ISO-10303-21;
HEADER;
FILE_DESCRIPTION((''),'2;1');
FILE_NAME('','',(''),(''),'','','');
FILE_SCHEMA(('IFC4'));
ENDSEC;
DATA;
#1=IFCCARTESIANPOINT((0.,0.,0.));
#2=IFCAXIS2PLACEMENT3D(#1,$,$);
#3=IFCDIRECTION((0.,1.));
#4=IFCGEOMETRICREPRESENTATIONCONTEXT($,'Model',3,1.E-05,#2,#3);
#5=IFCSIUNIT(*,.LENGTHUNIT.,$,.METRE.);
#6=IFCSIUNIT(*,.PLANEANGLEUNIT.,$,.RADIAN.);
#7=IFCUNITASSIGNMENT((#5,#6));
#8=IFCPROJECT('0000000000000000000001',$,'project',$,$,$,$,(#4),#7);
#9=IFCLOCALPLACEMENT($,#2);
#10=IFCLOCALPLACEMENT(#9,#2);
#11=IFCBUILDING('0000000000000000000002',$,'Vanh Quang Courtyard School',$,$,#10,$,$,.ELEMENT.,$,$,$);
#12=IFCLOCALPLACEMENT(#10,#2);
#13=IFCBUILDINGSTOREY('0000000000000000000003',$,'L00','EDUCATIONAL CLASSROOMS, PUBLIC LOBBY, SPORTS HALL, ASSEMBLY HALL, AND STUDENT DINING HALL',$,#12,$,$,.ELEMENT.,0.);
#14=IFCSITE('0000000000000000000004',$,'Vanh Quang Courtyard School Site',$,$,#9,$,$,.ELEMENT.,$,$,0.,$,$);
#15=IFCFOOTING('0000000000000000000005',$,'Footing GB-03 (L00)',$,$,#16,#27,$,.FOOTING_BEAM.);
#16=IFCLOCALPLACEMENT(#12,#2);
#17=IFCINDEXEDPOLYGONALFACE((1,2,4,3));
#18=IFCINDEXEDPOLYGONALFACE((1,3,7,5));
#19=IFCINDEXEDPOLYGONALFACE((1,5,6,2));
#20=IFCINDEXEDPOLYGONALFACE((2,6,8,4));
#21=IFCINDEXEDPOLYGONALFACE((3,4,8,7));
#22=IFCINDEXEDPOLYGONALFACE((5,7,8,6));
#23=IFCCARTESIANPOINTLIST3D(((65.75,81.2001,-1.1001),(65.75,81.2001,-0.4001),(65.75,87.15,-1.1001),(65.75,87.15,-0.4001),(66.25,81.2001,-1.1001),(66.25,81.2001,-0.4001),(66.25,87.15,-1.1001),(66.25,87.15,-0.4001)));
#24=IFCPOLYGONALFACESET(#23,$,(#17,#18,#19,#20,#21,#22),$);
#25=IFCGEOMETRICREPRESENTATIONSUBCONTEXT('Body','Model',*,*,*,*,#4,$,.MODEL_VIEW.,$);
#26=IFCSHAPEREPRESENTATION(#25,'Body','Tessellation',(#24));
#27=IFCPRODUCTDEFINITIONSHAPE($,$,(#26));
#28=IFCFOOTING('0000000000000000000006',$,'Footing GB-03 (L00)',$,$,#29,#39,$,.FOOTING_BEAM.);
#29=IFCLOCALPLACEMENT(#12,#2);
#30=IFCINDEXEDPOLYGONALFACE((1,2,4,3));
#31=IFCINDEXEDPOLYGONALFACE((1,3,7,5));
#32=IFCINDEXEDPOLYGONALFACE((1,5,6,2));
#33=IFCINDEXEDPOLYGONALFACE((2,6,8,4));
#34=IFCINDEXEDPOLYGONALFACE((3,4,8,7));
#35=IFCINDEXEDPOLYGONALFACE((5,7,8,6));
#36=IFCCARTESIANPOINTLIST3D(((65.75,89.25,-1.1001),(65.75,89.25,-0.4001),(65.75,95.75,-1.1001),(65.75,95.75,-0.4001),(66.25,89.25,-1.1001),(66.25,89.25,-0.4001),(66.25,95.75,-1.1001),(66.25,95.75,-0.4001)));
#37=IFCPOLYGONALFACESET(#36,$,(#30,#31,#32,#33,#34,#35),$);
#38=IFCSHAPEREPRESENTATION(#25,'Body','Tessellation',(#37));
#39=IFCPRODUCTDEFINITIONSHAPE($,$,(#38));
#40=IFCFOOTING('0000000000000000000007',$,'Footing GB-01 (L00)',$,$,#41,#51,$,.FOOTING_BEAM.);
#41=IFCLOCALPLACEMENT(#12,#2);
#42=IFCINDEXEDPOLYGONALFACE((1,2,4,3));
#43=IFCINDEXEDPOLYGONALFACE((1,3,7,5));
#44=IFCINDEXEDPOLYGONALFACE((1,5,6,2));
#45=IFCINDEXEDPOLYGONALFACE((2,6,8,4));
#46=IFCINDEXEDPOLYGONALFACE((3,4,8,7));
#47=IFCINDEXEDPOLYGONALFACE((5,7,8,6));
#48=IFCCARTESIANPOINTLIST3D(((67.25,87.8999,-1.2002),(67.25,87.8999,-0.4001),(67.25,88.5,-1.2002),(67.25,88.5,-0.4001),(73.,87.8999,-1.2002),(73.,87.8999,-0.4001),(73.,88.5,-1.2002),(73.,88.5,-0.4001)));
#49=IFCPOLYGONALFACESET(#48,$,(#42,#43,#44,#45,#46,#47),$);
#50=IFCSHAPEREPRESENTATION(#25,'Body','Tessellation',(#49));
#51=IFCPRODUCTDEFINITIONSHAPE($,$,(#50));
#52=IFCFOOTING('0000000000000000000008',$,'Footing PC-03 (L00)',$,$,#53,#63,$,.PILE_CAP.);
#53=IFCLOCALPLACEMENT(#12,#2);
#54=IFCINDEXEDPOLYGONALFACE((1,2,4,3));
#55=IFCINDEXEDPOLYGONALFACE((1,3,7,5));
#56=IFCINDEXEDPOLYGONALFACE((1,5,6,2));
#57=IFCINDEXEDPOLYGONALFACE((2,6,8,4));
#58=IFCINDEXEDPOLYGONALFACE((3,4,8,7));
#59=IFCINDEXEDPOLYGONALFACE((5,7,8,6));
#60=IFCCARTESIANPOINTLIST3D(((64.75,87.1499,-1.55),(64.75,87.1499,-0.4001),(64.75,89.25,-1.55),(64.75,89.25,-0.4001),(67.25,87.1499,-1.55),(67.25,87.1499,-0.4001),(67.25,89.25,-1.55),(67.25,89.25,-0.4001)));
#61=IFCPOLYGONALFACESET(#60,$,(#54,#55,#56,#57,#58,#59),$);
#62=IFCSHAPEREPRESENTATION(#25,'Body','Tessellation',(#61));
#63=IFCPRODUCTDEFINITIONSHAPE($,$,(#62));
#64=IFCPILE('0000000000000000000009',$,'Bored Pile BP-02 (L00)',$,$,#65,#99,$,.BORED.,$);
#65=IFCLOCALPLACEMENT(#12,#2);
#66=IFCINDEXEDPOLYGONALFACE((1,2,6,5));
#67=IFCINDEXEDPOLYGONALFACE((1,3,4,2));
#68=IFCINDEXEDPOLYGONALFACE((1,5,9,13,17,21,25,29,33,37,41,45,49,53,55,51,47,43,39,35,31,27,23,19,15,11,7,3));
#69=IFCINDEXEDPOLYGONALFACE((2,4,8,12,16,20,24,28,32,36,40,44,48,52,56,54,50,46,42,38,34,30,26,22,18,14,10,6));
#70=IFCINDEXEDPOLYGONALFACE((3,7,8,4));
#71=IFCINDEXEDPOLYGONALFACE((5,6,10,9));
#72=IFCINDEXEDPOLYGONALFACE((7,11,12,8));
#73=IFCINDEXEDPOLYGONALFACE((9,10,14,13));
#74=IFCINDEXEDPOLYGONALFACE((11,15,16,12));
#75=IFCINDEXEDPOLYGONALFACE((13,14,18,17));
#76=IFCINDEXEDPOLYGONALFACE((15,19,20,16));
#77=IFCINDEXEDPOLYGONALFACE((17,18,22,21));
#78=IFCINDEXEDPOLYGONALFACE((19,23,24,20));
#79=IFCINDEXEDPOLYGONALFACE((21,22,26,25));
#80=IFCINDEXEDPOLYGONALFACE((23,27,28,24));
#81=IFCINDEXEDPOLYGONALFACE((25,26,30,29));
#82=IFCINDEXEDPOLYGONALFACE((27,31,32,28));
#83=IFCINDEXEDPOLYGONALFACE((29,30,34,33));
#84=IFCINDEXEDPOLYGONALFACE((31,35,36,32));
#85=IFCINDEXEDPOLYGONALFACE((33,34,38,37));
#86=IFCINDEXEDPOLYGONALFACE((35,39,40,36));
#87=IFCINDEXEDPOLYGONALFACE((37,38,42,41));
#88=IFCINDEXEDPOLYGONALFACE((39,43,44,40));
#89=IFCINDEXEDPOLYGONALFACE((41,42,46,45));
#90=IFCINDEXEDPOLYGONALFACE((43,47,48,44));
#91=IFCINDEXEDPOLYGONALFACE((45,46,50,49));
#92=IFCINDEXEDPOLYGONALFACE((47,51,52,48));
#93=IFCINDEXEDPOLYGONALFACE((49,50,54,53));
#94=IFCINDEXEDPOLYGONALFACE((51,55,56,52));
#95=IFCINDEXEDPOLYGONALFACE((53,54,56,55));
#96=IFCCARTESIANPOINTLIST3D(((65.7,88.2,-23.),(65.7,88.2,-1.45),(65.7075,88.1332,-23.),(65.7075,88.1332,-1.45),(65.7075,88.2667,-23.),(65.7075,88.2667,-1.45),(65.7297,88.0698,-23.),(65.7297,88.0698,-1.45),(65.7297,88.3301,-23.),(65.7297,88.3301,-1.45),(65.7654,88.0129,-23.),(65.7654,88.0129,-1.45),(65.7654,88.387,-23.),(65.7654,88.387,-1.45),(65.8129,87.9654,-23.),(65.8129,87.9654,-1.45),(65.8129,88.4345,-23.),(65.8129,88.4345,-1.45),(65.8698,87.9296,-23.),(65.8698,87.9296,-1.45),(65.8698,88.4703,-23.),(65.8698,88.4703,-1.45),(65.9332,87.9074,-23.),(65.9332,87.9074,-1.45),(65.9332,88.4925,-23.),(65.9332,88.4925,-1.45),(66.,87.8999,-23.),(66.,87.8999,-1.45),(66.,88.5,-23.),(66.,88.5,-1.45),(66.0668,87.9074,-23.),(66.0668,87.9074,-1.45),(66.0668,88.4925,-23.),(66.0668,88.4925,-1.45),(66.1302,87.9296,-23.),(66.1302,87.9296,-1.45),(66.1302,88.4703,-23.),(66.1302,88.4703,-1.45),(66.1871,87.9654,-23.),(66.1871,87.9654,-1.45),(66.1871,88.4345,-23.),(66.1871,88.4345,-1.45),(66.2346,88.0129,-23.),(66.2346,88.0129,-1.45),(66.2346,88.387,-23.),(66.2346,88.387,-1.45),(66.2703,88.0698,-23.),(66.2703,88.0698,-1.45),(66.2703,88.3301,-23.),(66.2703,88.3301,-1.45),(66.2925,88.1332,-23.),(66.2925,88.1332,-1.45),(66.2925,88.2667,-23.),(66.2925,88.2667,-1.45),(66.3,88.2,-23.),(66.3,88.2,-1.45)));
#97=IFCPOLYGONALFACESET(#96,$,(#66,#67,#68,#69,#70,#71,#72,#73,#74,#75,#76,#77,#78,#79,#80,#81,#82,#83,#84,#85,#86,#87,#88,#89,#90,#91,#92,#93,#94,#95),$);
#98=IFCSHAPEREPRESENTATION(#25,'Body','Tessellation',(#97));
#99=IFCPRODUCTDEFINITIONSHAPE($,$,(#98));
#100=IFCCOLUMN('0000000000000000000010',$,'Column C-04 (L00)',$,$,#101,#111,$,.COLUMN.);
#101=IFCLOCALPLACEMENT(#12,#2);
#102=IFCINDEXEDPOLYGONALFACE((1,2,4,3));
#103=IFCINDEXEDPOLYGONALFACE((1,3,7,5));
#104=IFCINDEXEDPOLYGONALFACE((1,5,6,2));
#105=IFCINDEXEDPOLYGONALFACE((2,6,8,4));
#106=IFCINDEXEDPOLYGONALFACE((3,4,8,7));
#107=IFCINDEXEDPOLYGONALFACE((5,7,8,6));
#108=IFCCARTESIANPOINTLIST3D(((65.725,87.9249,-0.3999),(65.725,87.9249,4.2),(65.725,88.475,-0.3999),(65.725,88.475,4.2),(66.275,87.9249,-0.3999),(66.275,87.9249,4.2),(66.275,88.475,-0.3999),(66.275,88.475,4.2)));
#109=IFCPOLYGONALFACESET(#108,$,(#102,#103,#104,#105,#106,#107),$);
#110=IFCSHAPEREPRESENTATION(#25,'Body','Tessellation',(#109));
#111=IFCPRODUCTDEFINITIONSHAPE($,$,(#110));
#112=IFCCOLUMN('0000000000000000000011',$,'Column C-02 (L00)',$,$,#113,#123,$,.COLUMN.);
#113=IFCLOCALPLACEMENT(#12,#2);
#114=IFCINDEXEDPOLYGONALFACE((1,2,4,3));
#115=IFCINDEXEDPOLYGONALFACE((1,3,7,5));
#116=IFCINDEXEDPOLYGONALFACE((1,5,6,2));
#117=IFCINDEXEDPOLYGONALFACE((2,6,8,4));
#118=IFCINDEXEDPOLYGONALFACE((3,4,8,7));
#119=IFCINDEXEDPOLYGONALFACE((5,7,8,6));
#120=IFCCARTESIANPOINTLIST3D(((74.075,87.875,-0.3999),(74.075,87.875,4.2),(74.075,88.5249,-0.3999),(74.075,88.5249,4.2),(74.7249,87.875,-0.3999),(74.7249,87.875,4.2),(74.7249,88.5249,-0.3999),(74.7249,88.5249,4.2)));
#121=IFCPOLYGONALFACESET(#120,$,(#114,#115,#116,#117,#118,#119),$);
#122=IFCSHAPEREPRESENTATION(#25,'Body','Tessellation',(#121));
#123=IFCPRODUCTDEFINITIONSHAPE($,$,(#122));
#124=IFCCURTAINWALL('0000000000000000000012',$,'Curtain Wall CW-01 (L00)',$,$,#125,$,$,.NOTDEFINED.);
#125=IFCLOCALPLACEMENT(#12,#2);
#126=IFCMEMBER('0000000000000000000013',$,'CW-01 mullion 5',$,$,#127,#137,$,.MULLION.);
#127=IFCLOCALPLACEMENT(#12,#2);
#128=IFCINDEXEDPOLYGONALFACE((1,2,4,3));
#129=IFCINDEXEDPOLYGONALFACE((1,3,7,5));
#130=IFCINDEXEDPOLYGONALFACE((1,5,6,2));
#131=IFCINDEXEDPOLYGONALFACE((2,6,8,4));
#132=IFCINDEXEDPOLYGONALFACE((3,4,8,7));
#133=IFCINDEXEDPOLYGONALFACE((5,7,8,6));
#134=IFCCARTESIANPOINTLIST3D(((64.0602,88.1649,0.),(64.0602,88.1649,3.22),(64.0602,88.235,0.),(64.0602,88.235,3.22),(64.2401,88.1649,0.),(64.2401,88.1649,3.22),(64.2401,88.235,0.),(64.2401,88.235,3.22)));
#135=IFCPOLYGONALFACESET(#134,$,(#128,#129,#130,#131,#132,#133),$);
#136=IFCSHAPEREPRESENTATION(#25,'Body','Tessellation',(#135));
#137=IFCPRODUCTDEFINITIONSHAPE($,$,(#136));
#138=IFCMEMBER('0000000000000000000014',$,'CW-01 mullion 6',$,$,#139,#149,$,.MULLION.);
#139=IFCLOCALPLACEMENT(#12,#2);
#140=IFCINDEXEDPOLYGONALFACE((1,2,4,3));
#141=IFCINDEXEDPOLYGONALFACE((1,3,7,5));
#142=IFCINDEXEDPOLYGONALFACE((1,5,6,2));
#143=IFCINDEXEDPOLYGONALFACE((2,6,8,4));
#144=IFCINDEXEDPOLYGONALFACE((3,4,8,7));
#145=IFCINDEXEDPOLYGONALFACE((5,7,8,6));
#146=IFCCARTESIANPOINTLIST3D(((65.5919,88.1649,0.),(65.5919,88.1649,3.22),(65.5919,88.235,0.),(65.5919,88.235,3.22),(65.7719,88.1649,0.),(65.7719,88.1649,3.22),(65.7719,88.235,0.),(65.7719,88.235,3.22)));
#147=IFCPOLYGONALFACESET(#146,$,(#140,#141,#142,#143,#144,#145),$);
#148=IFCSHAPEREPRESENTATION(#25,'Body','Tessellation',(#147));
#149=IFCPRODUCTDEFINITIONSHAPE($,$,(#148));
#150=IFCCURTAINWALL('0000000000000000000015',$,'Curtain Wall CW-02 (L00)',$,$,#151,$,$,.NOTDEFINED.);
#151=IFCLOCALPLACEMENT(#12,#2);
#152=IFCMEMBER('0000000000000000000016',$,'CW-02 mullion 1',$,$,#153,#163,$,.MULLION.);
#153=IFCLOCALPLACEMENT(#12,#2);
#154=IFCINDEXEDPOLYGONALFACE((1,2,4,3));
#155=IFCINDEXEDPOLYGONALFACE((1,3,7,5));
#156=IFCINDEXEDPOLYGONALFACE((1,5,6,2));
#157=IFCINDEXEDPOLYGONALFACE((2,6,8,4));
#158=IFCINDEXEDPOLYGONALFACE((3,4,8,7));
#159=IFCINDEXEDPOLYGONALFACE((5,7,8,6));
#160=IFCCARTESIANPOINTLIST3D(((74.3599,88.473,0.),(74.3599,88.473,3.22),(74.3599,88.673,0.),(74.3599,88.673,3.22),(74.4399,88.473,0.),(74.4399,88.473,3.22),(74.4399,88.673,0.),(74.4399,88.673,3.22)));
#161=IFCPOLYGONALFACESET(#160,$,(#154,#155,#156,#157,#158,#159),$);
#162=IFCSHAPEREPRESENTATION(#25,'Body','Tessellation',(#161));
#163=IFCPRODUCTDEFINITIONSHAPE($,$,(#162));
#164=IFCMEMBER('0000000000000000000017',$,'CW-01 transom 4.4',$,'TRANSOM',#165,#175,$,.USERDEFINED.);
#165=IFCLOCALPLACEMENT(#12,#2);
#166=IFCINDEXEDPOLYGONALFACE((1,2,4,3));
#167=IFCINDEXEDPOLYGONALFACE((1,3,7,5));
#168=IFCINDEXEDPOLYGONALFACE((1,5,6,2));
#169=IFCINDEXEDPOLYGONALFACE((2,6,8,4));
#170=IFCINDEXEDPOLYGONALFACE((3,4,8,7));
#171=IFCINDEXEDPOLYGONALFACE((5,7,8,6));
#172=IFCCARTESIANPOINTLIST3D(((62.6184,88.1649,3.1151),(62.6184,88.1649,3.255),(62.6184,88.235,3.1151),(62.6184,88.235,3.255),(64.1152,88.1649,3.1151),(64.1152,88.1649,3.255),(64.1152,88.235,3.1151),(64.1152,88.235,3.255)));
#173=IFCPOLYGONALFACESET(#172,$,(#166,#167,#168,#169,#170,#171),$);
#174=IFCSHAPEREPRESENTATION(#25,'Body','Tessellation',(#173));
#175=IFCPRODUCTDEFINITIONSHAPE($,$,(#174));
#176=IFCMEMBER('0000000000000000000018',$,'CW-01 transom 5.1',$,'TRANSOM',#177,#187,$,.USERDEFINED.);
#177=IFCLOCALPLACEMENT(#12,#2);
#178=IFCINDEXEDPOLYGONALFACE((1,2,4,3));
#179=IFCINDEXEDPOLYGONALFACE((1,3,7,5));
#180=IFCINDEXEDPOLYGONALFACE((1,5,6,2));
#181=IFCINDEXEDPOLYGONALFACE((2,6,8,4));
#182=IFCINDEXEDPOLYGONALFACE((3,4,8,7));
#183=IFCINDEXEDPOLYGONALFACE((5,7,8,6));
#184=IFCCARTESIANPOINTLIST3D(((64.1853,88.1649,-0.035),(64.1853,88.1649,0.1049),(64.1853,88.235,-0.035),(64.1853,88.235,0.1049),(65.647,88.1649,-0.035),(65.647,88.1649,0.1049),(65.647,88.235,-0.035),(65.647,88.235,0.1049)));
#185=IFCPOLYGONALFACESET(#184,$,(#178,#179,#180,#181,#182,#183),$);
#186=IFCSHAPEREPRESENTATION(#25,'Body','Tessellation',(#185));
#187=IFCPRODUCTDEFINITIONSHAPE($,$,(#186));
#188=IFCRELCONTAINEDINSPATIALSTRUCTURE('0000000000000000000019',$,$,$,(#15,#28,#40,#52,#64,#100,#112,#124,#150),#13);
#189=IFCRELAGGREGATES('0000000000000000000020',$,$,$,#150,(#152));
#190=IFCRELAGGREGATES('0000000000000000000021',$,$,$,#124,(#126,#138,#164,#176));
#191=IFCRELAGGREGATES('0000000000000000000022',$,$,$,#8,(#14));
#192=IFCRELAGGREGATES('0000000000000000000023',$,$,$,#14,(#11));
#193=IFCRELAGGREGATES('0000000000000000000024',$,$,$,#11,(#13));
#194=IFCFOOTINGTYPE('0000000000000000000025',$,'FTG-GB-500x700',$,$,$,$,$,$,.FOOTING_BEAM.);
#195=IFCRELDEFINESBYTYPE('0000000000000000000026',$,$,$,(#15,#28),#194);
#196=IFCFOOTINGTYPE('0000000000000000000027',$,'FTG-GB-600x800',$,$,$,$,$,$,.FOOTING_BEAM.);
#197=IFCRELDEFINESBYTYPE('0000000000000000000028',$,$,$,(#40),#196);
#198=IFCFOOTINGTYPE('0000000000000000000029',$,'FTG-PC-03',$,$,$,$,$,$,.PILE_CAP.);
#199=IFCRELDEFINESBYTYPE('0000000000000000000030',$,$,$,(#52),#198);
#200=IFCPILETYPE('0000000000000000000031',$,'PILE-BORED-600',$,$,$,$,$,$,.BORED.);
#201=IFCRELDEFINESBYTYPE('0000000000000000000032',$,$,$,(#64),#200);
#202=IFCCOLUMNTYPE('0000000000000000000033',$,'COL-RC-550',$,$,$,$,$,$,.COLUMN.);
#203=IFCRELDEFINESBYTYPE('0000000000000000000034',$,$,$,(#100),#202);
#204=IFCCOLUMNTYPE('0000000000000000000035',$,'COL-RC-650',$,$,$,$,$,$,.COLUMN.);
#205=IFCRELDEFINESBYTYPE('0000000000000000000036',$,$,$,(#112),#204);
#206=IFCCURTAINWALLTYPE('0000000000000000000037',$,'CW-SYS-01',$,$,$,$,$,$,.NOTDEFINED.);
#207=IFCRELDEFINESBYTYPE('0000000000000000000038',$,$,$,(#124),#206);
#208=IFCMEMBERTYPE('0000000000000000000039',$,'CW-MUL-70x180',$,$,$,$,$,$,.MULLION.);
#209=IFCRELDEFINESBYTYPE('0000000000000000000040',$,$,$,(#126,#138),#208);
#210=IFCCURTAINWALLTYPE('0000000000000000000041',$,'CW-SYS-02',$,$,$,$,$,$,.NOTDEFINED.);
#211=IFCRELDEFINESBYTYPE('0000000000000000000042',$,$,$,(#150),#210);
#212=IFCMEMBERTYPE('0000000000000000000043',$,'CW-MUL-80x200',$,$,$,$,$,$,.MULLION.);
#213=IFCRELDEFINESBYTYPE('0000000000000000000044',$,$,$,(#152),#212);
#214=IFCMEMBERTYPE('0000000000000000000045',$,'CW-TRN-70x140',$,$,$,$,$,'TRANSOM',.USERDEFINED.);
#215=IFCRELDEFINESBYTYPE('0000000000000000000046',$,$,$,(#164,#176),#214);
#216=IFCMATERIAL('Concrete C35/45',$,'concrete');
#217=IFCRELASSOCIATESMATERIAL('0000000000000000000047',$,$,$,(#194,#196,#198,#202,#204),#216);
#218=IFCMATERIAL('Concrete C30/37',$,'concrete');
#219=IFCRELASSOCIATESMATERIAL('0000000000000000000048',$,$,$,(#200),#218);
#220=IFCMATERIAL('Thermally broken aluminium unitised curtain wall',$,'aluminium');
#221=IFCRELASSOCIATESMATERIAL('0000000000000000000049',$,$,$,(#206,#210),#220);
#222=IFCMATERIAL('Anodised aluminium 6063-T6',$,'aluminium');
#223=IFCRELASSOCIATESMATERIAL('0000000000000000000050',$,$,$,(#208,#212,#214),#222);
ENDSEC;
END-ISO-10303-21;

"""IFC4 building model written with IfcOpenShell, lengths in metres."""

from ifc_helpers import new_model, si_unit, direction, frame, origin, origin_2d, place, context, subcontext, project, spatial, rectangle, circle, extrude, material, material_profile, profile_set, type_object, element, aggregate, save


model = new_model("IFC4")

# Units and contexts
model_context = context("Model", 3, precision=1e-05, world=origin(), true_north=direction((0.0, 1.0)))
body_context = subcontext(model_context, "Body", "Model", "MODEL_VIEW")
ifc_project = project(units=[si_unit("LENGTHUNIT", "METRE"), si_unit("PLANEANGLEUNIT", "RADIAN")], contexts=[model_context])

# Site, building, storey
site_placement = place(None, origin())
site = spatial("IfcSite", under=ifc_project, at=site_placement, Name="Vanh Quang Courtyard School Site", CompositionType="ELEMENT", RefElevation=0.0)
building_placement = place(site_placement, origin())
building = spatial("IfcBuilding", under=site, at=building_placement, Name="Vanh Quang Courtyard School", CompositionType="ELEMENT")
storey_placement = place(building_placement, origin())
storey = spatial("IfcBuildingStorey", under=building, at=storey_placement, Name="L00", Description="EDUCATIONAL CLASSROOMS, PUBLIC LOBBY, SPORTS HALL, ASSEMBLY HALL, AND STUDENT DINING HALL", CompositionType="ELEMENT", Elevation=0.0)

# Footings
ifc_material_1 = material(Name="Concrete C35/45", Category="concrete")
footing_type_1 = type_object("IfcFootingType", Name="FTG-GB-500x700", PredefinedType="FOOTING_BEAM", material=ifc_material_1)
footing_1_placement = place(storey_placement, frame((66.0, 84.175, -1.1001), z_axis=(0.0, 0.0, 1.0), x_axis=(0.0, 1.0, 0.0)))
element("IfcFooting", 1, at=footing_1_placement, inside=storey, type_object=footing_type_1, Name="Footing GB-03 (L00)", PredefinedType="FOOTING_BEAM", context=body_context, shape_type="SweptSolid", body=[
    extrude(rectangle(XDim=5.95, YDim=0.5, at=origin_2d()), origin(), (0.0, 0.0, 1.0), 0.7),
])
footing_2_placement = place(storey_placement, frame((66.0, 92.5, -1.1001), z_axis=(0.0, 0.0, 1.0), x_axis=(0.0, 1.0, 0.0)))
element("IfcFooting", 2, at=footing_2_placement, inside=storey, type_object=footing_type_1, Name="Footing GB-03 (L00)", PredefinedType="FOOTING_BEAM", context=body_context, shape_type="SweptSolid", body=[
    extrude(rectangle(XDim=6.5, YDim=0.5, at=origin_2d()), origin(), (0.0, 0.0, 1.0), 0.7),
])
footing_type_2 = type_object("IfcFootingType", Name="FTG-GB-600x800", PredefinedType="FOOTING_BEAM", material=ifc_material_1)
footing_3_placement = place(storey_placement, frame((70.125, 88.2, -1.2002), z_axis=(0.0, 0.0, 1.0), x_axis=(1.0, 0.0, 0.0)))
element("IfcFooting", 3, at=footing_3_placement, inside=storey, type_object=footing_type_2, Name="Footing GB-01 (L00)", PredefinedType="FOOTING_BEAM", context=body_context, shape_type="SweptSolid", body=[
    extrude(rectangle(XDim=5.75, YDim=0.6001, at=origin_2d()), origin(), (0.0, 0.0, 1.0), 0.8),
])
footing_type_3 = type_object("IfcFootingType", Name="FTG-PC-03", PredefinedType="PILE_CAP", material=ifc_material_1)
footing_4_placement = place(storey_placement, frame((66.0, 88.2, -1.55), z_axis=(0.0, 0.0, 1.0), x_axis=(1.0, 0.0, 0.0)))
element("IfcFooting", 4, at=footing_4_placement, inside=storey, type_object=footing_type_3, Name="Footing PC-03 (L00)", PredefinedType="PILE_CAP", context=body_context, shape_type="SweptSolid", body=[
    extrude(rectangle(XDim=2.5, YDim=2.1001, at=origin_2d()), origin(), (0.0, 0.0, 1.0), 1.1499),
])

# Pile
ifc_material_2 = material(Name="Concrete C30/37", Category="concrete")
ifc_material_profile_1 = material_profile(ifc_material_2, circle(Radius=0.3, at=origin_2d()), Name="PILE D600")
ifc_profile_set_1 = profile_set([ifc_material_profile_1], Name="Concrete C30/37")
pile_type = type_object("IfcPileType", Name="PILE-BORED-600", PredefinedType="BORED", material=ifc_profile_set_1)
pile_placement = place(storey_placement, frame((66.0, 88.2, -1.45), z_axis=(0.0, 0.0, -1.0), x_axis=(1.0, 0.0, 0.0)))
element("IfcPile", 5, at=pile_placement, inside=storey, type_object=pile_type, Name="Bored Pile BP-02 (L00)", PredefinedType="BORED", context=body_context, shape_type="SweptSolid", body=[
    extrude(circle(Radius=0.3, at=origin_2d()), origin(), (0.0, 0.0, 1.0), 21.55),
])

# Columns
ifc_material_profile_2 = material_profile(ifc_material_1, rectangle(XDim=0.55, YDim=0.55, at=origin_2d()), Name="RC-COL 550x550")
ifc_profile_set_2 = profile_set([ifc_material_profile_2], Name="Concrete C35/45")
column_type_1 = type_object("IfcColumnType", Name="COL-RC-550", PredefinedType="COLUMN", material=ifc_profile_set_2)
column_1_placement = place(storey_placement, frame((66.0, 88.2, -0.3999), z_axis=(0.0, 0.0, 1.0), x_axis=(1.0, 0.0, 0.0)))
element("IfcColumn", 6, at=column_1_placement, inside=storey, type_object=column_type_1, Name="Column C-04 (L00)", PredefinedType="COLUMN", context=body_context, shape_type="SweptSolid", body=[
    extrude(rectangle(XDim=0.55, YDim=0.55, at=origin_2d()), origin(), (0.0, 0.0, 1.0), 4.5999),
])
ifc_material_profile_3 = material_profile(ifc_material_1, rectangle(XDim=0.6499, YDim=0.6499, at=origin_2d()), Name="RC-COL 650x650")
ifc_profile_set_3 = profile_set([ifc_material_profile_3], Name="Concrete C35/45")
column_type_2 = type_object("IfcColumnType", Name="COL-RC-650", PredefinedType="COLUMN", material=ifc_profile_set_3)
column_2_placement = place(storey_placement, frame((74.3999, 88.2, -0.3999), z_axis=(0.0, 0.0, 1.0), x_axis=(1.0, 0.0, 0.0)))
element("IfcColumn", 7, at=column_2_placement, inside=storey, type_object=column_type_2, Name="Column C-02 (L00)", PredefinedType="COLUMN", context=body_context, shape_type="SweptSolid", body=[
    extrude(rectangle(XDim=0.6499, YDim=0.6499, at=origin_2d()), origin(), (0.0, 0.0, 1.0), 4.5999),
])

# Curtain wall, members
ifc_material_3 = material(Name="Thermally broken aluminium unitised curtain wall", Category="aluminium")
curtain_wall_type_1 = type_object("IfcCurtainWallType", Name="CW-SYS-01", PredefinedType="NOTDEFINED", material=ifc_material_3)
curtain_wall_1_placement = place(storey_placement, origin())
curtain_wall_1 = element("IfcCurtainWall", 8, at=curtain_wall_1_placement, inside=storey, type_object=curtain_wall_type_1, Name="Curtain Wall CW-01 (L00)", PredefinedType="NOTDEFINED")
ifc_material_4 = material(Name="Anodised aluminium 6063-T6", Category="aluminium")
ifc_material_profile_4 = material_profile(ifc_material_4, rectangle(XDim=0.0701, YDim=0.1799, at=origin_2d()), Name="ALU-MUL 70x180")
ifc_profile_set_4 = profile_set([ifc_material_profile_4], Name="Anodised aluminium 6063-T6")
member_type_1 = type_object("IfcMemberType", Name="CW-MUL-70x180", PredefinedType="MULLION", material=ifc_profile_set_4)
member_1_placement = place(storey_placement, frame((64.1501, 88.2, 0.0), z_axis=(0.0, 0.0, 1.0), x_axis=(0.0, 1.0, 0.0)))
member_1 = element("IfcMember", 9, at=member_1_placement, type_object=member_type_1, Name="CW-01 mullion 5", PredefinedType="MULLION", context=body_context, shape_type="SweptSolid", body=[
    extrude(rectangle(XDim=0.0701, YDim=0.1799, at=origin_2d()), origin(), (0.0, 0.0, 1.0), 3.22),
])
member_2_placement = place(storey_placement, frame((65.6819, 88.2, 0.0), z_axis=(0.0, 0.0, 1.0), x_axis=(0.0, 1.0, 0.0)))
member_2 = element("IfcMember", 10, at=member_2_placement, type_object=member_type_1, Name="CW-01 mullion 6", PredefinedType="MULLION", context=body_context, shape_type="SweptSolid", body=[
    extrude(rectangle(XDim=0.0701, YDim=0.1799, at=origin_2d()), origin(), (0.0, 0.0, 1.0), 3.22),
])

# Curtain wall, member
curtain_wall_type_2 = type_object("IfcCurtainWallType", Name="CW-SYS-02", PredefinedType="NOTDEFINED", material=ifc_material_3)
curtain_wall_2_placement = place(storey_placement, origin())
curtain_wall_2 = element("IfcCurtainWall", 11, at=curtain_wall_2_placement, inside=storey, type_object=curtain_wall_type_2, Name="Curtain Wall CW-02 (L00)", PredefinedType="NOTDEFINED")
ifc_material_profile_5 = material_profile(ifc_material_4, rectangle(XDim=0.0801, YDim=0.2, at=origin_2d()), Name="ALU-MUL 80x200")
ifc_profile_set_5 = profile_set([ifc_material_profile_5], Name="Anodised aluminium 6063-T6")
member_type_2 = type_object("IfcMemberType", Name="CW-MUL-80x200", PredefinedType="MULLION", material=ifc_profile_set_5)
member_3_placement = place(storey_placement, frame((74.3999, 88.573, 0.0), z_axis=(0.0, 0.0, 1.0), x_axis=(-1.0, 0.0, 0.0)))
member_3 = element("IfcMember", 12, at=member_3_placement, type_object=member_type_2, Name="CW-02 mullion 1", PredefinedType="MULLION", context=body_context, shape_type="SweptSolid", body=[
    extrude(rectangle(XDim=0.0801, YDim=0.2, at=origin_2d()), origin(), (0.0, 0.0, 1.0), 3.22),
])

# Members
ifc_material_profile_6 = material_profile(ifc_material_4, rectangle(XDim=0.0701, YDim=0.1399, at=origin_2d()), Name="ALU-TRN 70x140")
ifc_profile_set_6 = profile_set([ifc_material_profile_6], Name="Anodised aluminium 6063-T6")
member_type_3 = type_object("IfcMemberType", Name="CW-TRN-70x140", ElementType="TRANSOM", PredefinedType="USERDEFINED", material=ifc_profile_set_6)
member_4_placement = place(storey_placement, frame((62.6184, 88.2, 3.1851), z_axis=(1.0, 0.0, 0.0), x_axis=(0.0, 1.0, 0.0)))
member_4 = element("IfcMember", 13, at=member_4_placement, type_object=member_type_3, Name="CW-01 transom 4.4", ObjectType="TRANSOM", PredefinedType="USERDEFINED", context=body_context, shape_type="SweptSolid", body=[
    extrude(rectangle(XDim=0.0701, YDim=0.1399, at=origin_2d()), origin(), (0.0, 0.0, 1.0), 1.4968),
])
member_5_placement = place(storey_placement, frame((64.1853, 88.2, 0.0349), z_axis=(1.0, 0.0, 0.0), x_axis=(0.0, 1.0, 0.0)))
member_5 = element("IfcMember", 14, at=member_5_placement, type_object=member_type_3, Name="CW-01 transom 5.1", ObjectType="TRANSOM", PredefinedType="USERDEFINED", context=body_context, shape_type="SweptSolid", body=[
    extrude(rectangle(XDim=0.0701, YDim=0.1399, at=origin_2d()), origin(), (0.0, 0.0, 1.0), 1.4617),
])

aggregate(curtain_wall_2, [member_3])
aggregate(curtain_wall_1, [member_1, member_2, member_4, member_5])

save(model, "model.ifc")
